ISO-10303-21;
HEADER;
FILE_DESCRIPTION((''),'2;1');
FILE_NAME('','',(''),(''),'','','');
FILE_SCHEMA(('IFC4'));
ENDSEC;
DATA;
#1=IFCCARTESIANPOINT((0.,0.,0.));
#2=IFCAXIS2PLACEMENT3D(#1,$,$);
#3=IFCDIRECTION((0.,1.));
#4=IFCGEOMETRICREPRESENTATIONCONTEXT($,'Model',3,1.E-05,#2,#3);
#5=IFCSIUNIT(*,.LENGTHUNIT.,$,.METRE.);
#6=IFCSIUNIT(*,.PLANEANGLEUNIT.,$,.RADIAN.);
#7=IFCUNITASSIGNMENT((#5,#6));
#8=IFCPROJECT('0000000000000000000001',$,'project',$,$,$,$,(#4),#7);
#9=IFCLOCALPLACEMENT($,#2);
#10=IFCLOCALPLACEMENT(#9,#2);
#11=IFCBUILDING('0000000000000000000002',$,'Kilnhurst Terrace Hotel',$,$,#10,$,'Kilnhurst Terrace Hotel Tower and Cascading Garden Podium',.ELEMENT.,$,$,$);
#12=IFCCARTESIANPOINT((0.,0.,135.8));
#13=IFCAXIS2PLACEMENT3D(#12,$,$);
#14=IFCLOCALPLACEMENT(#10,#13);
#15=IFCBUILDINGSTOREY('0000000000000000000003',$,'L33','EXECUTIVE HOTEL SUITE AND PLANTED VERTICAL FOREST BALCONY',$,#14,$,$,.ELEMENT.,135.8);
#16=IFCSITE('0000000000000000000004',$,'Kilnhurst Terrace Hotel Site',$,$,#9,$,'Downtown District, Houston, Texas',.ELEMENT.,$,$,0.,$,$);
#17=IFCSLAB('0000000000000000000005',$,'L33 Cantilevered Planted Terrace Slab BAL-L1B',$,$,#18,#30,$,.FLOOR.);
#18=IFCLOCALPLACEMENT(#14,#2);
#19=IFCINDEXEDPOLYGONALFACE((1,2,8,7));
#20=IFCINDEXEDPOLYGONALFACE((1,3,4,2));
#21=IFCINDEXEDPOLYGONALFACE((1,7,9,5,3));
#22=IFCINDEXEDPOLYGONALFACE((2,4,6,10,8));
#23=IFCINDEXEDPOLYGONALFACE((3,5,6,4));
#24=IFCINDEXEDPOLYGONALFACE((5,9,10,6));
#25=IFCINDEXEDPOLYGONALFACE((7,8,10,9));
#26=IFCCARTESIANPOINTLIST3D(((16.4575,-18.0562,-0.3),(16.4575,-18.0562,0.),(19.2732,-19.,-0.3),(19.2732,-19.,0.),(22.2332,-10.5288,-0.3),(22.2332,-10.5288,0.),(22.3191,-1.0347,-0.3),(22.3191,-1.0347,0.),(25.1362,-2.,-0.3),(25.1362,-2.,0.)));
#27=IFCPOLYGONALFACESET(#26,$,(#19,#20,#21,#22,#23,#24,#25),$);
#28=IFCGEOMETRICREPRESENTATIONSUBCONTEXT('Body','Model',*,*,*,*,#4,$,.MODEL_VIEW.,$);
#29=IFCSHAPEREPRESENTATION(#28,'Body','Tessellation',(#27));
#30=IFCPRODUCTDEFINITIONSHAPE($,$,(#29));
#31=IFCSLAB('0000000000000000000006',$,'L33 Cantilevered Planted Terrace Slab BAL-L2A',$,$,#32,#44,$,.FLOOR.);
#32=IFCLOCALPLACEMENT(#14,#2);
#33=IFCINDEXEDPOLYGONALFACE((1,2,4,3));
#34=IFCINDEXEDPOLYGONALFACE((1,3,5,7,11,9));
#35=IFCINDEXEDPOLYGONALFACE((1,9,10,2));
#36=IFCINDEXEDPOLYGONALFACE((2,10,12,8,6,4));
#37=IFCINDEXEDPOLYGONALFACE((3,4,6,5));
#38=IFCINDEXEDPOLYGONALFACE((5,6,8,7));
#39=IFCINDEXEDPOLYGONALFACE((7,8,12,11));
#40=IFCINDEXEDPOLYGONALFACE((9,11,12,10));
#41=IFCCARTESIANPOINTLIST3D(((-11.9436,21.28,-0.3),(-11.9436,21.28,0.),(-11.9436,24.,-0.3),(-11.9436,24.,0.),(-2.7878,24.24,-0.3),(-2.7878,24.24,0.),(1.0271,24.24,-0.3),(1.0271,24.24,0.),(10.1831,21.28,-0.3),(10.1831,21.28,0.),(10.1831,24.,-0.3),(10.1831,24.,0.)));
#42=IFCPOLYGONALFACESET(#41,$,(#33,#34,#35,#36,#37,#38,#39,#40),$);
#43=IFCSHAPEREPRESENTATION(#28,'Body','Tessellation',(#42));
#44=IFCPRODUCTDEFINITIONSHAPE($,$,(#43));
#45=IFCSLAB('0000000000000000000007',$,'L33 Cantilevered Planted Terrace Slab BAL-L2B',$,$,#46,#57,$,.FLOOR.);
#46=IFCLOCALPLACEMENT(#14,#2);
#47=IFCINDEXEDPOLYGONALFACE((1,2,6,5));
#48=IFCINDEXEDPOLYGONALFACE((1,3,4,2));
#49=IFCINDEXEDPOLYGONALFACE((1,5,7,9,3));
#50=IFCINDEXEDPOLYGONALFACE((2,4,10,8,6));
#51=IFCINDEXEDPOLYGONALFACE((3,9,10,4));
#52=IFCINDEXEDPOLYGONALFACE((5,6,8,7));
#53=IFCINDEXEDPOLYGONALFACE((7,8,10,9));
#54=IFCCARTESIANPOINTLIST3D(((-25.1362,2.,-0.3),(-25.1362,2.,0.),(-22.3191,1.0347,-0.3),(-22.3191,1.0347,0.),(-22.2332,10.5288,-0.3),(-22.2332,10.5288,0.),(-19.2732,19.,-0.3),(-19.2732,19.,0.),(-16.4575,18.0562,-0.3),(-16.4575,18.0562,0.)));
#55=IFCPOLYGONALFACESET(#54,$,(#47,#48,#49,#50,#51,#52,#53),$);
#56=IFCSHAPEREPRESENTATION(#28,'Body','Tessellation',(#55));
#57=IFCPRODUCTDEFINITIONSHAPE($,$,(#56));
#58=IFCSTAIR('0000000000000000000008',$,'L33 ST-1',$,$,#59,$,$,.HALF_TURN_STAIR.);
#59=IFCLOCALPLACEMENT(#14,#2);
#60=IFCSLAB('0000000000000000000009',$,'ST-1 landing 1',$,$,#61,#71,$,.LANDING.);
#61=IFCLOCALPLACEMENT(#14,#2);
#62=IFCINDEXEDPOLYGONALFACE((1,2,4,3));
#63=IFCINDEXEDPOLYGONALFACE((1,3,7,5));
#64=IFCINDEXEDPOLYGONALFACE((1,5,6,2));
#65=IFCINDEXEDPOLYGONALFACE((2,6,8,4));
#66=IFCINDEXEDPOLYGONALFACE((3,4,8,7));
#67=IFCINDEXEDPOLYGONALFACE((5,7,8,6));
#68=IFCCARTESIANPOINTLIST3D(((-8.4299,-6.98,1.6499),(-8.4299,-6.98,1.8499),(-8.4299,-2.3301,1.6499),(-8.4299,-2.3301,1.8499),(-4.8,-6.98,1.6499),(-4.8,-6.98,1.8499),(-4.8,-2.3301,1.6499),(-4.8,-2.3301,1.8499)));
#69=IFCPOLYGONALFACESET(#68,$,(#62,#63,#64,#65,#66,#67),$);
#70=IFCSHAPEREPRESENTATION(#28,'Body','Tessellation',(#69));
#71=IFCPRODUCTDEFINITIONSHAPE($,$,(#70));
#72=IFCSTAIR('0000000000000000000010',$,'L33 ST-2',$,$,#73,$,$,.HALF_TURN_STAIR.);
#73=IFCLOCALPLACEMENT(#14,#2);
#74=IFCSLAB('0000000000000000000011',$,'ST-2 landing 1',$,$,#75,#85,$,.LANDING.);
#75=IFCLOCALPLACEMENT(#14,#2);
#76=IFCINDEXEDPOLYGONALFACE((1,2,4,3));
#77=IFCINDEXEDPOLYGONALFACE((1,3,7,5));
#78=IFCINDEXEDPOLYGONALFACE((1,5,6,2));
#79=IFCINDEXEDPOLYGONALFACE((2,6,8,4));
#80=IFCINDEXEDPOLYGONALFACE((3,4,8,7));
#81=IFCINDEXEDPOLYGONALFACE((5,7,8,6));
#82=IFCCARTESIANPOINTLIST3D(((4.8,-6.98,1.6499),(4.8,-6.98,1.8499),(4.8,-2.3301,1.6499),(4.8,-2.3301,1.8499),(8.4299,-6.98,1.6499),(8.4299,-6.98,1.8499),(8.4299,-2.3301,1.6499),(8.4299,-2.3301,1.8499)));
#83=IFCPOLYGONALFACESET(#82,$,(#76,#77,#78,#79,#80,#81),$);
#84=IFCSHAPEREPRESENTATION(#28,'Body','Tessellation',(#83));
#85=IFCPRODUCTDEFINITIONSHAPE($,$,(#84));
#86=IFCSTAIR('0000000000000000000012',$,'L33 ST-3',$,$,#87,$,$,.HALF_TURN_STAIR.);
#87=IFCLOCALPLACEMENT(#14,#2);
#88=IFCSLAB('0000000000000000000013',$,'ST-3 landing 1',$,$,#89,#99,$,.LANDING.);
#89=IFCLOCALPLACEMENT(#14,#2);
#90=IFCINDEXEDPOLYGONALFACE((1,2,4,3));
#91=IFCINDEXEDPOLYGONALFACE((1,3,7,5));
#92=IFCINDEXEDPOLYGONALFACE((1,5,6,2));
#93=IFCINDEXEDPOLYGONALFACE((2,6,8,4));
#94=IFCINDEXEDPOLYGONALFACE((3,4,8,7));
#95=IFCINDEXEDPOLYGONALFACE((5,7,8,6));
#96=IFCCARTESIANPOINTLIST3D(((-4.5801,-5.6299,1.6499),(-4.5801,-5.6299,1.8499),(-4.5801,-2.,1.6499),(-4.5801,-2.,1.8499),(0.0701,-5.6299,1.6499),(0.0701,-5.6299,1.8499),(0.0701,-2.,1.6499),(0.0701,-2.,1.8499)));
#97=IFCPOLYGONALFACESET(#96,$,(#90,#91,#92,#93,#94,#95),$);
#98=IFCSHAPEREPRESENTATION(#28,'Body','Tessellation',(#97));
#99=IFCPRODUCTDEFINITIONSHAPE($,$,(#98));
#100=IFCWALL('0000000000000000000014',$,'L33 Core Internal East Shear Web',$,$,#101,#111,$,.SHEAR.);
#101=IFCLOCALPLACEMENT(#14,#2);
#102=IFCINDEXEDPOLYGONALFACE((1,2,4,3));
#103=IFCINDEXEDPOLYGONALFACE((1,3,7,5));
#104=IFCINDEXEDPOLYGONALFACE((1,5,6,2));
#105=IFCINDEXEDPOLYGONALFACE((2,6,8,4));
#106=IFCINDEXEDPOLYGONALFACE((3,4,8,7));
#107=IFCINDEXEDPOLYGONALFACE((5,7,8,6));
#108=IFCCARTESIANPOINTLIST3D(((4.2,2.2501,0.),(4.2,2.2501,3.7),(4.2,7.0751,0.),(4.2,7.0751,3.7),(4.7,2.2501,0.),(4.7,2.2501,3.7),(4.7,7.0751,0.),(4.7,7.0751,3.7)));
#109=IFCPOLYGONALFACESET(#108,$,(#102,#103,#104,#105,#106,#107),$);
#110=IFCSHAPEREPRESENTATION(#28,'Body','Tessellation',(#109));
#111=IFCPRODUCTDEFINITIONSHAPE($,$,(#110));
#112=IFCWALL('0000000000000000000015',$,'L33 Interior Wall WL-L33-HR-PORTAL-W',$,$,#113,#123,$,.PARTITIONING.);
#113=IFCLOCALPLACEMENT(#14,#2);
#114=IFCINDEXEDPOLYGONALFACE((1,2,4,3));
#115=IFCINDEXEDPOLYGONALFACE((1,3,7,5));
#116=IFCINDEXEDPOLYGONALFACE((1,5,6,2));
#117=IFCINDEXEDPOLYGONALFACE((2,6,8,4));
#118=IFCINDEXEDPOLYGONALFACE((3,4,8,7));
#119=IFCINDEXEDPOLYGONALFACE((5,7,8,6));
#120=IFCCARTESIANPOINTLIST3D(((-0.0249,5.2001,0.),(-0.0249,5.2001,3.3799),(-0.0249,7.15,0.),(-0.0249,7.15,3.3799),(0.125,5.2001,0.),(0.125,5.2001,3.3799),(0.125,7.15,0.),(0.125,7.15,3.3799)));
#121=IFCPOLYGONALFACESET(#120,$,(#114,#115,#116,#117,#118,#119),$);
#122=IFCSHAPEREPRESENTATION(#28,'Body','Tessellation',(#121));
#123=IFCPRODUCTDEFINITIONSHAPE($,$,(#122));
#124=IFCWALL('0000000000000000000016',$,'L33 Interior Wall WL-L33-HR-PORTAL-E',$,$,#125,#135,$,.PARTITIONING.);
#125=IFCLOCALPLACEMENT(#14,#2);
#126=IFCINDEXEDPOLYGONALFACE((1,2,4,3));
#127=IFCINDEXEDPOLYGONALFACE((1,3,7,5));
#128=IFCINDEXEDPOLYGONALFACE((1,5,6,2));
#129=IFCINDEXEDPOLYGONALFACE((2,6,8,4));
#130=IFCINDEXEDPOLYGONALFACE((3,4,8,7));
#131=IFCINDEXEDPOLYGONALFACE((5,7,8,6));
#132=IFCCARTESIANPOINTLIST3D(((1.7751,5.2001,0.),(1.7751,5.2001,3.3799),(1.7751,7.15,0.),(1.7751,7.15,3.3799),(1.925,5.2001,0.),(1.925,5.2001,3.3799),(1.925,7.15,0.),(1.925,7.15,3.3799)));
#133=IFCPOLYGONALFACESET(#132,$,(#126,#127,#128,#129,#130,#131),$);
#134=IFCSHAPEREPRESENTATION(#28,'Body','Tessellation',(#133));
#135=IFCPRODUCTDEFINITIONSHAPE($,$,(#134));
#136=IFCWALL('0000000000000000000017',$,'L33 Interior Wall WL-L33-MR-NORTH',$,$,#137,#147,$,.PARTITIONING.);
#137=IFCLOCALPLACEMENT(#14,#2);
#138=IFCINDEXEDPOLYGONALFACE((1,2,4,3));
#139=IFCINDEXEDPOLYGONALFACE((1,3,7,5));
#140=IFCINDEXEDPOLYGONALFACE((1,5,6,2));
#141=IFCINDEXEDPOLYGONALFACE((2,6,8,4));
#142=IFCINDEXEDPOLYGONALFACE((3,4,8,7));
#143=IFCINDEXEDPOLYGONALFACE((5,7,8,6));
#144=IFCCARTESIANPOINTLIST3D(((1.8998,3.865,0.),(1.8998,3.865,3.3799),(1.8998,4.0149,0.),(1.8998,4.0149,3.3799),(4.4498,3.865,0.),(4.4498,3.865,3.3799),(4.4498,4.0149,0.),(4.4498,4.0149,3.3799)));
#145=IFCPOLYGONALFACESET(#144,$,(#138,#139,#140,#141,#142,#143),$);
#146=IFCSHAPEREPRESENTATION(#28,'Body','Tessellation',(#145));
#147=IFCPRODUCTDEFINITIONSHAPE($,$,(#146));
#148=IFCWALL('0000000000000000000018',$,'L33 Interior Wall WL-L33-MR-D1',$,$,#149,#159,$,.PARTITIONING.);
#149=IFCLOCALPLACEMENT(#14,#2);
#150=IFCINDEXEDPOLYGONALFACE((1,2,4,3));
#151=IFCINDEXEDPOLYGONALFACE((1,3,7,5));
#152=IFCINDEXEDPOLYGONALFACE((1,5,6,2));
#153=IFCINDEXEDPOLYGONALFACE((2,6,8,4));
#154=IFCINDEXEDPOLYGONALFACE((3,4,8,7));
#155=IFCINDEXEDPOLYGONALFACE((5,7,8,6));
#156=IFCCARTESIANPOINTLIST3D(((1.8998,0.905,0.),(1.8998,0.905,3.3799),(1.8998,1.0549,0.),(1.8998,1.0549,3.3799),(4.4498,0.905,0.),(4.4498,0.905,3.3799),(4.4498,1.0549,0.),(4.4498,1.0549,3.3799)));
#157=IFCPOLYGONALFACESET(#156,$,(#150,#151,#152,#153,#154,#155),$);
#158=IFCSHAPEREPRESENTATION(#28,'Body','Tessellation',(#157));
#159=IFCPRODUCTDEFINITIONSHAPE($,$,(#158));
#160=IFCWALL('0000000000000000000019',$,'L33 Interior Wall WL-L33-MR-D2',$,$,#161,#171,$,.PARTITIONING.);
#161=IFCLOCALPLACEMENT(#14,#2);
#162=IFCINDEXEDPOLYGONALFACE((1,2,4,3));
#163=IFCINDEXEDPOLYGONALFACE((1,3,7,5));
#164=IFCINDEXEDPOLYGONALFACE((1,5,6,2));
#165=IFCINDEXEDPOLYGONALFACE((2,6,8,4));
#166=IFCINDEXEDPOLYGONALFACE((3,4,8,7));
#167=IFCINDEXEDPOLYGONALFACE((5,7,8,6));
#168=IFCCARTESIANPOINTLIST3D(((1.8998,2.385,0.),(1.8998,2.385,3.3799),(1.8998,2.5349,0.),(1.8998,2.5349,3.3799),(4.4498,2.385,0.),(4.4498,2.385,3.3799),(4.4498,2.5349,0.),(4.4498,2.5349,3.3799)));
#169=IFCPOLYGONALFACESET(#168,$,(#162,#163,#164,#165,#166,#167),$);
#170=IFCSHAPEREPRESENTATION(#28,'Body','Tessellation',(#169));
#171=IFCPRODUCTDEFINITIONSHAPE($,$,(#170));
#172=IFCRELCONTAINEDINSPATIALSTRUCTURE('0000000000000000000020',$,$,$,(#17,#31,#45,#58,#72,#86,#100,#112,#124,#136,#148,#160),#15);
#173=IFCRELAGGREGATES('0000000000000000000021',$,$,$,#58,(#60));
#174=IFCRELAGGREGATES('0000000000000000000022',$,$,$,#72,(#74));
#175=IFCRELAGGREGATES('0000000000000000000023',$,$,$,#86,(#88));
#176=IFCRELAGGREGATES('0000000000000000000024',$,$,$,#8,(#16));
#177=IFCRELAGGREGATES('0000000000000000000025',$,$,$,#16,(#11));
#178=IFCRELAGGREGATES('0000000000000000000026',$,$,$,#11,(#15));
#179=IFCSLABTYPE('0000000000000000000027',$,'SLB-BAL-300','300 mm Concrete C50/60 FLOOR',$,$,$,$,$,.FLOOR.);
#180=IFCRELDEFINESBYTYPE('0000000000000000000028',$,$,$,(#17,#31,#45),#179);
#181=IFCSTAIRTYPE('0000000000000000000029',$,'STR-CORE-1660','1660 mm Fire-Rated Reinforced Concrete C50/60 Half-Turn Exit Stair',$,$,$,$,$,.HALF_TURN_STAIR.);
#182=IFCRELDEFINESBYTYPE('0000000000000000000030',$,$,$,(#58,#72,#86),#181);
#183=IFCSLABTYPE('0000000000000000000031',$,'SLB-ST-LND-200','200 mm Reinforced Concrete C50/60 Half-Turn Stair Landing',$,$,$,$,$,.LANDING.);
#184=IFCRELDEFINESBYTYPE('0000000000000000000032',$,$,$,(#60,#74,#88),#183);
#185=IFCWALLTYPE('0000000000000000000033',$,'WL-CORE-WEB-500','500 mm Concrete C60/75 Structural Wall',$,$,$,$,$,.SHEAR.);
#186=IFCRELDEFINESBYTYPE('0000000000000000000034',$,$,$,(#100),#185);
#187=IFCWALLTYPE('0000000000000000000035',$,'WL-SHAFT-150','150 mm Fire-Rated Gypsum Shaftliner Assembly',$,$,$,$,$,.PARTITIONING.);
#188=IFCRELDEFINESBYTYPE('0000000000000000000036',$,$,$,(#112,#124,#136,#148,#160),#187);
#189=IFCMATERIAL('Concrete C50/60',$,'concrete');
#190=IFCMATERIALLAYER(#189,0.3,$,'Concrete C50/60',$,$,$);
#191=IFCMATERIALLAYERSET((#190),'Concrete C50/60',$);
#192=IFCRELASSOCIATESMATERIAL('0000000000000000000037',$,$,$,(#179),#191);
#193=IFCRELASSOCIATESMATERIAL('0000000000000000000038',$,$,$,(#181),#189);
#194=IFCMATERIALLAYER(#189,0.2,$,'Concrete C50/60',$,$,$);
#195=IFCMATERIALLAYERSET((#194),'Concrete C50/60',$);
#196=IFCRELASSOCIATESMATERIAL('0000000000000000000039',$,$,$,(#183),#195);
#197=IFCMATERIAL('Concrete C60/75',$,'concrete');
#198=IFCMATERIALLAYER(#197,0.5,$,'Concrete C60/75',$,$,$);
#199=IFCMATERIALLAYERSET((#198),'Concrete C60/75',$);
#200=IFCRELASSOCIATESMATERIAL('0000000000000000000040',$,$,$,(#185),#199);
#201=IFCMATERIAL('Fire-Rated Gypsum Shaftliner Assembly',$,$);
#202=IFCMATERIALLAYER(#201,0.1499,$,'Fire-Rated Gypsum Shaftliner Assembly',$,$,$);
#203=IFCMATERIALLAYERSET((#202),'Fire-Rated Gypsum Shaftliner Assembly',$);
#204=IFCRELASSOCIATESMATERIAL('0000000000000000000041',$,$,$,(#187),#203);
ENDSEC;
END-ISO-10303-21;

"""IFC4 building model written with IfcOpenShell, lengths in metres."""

from ifc_helpers import new_model, si_unit, direction, frame, frame_2d, origin, place, context, subcontext, project, spatial, polyline, rectangle, outline, extrude, material, layer, layer_set, type_object, element, aggregate, save


model = new_model("IFC4")

# Units and contexts
model_context = context("Model", 3, precision=1e-05, world=origin(), true_north=direction((0.0, 1.0)))
body_context = subcontext(model_context, "Body", "Model", "MODEL_VIEW")
ifc_project = project(units=[si_unit("LENGTHUNIT", "METRE"), si_unit("PLANEANGLEUNIT", "RADIAN")], contexts=[model_context])

# Site, building, storey
site_placement = place(None, origin())
site = spatial("IfcSite", under=ifc_project, at=site_placement, Name="Kilnhurst Terrace Hotel Site", LongName="Downtown District, Houston, Texas", CompositionType="ELEMENT", RefElevation=0.0)
building_placement = place(site_placement, origin())
building = spatial("IfcBuilding", under=site, at=building_placement, Name="Kilnhurst Terrace Hotel", LongName="Kilnhurst Terrace Hotel Tower and Cascading Garden Podium", CompositionType="ELEMENT")
storey_placement = place(building_placement, frame((0.0, 0.0, 135.8)))
storey = spatial("IfcBuildingStorey", under=building, at=storey_placement, Name="L33", Description="EXECUTIVE HOTEL SUITE AND PLANTED VERTICAL FOREST BALCONY", CompositionType="ELEMENT", Elevation=135.8)

# Slabs
ifc_material_1 = material(Name="Concrete C50/60", Category="concrete")
ifc_layer_1 = layer(ifc_material_1, 0.3, Name="Concrete C50/60")
ifc_layer_set_1 = layer_set([ifc_layer_1], Name="Concrete C50/60")
slab_type_1 = type_object("IfcSlabType", Name="SLB-BAL-300", Description="300 mm Concrete C50/60 FLOOR", PredefinedType="FLOOR", material=ifc_layer_set_1)
slab_1_placement = place(storey_placement, frame((0.0, 0.0, -0.3)))
element("IfcSlab", 1, at=slab_1_placement, inside=storey, type_object=slab_type_1, Name="L33 Cantilevered Planted Terrace Slab BAL-L1B", PredefinedType="FLOOR", context=body_context, shape_type="SweptSolid", body=[
    extrude(outline(polyline([(19.2732, -19.0), (16.4575, -18.0562), (22.3191, -1.0347), (25.1362, -2.0), (22.2332, -10.5288), (19.2732, -19.0)])), origin(), (0.0, 0.0, 1.0), 0.3),
])
slab_2_placement = place(storey_placement, frame((0.0, 0.0, -0.3)))
element("IfcSlab", 2, at=slab_2_placement, inside=storey, type_object=slab_type_1, Name="L33 Cantilevered Planted Terrace Slab BAL-L2A", PredefinedType="FLOOR", context=body_context, shape_type="SweptSolid", body=[
    extrude(outline(polyline([(1.0271, 24.24), (10.1831, 24.0), (10.1831, 21.28), (-11.9436, 21.28), (-11.9436, 24.0), (-2.7878, 24.24), (1.0271, 24.24)])), origin(), (0.0, 0.0, 1.0), 0.3),
])
slab_3_placement = place(storey_placement, frame((0.0, 0.0, -0.3)))
element("IfcSlab", 3, at=slab_3_placement, inside=storey, type_object=slab_type_1, Name="L33 Cantilevered Planted Terrace Slab BAL-L2B", PredefinedType="FLOOR", context=body_context, shape_type="SweptSolid", body=[
    extrude(outline(polyline([(-19.2732, 19.0), (-16.4575, 18.0562), (-22.3191, 1.0347), (-25.1362, 2.0), (-22.2332, 10.5288), (-19.2732, 19.0)])), origin(), (0.0, 0.0, 1.0), 0.3),
])

# Stairs, slabs
stair_type = type_object("IfcStairType", Name="STR-CORE-1660", Description="1660 mm Fire-Rated Reinforced Concrete C50/60 Half-Turn Exit Stair", PredefinedType="HALF_TURN_STAIR", material=ifc_material_1)
stair_1_placement = place(storey_placement, origin())
stair_1 = element("IfcStair", 4, at=stair_1_placement, inside=storey, type_object=stair_type, Name="L33 ST-1", PredefinedType="HALF_TURN_STAIR")
ifc_layer_2 = layer(ifc_material_1, 0.2, Name="Concrete C50/60")
ifc_layer_set_2 = layer_set([ifc_layer_2], Name="Concrete C50/60")
slab_type_2 = type_object("IfcSlabType", Name="SLB-ST-LND-200", Description="200 mm Reinforced Concrete C50/60 Half-Turn Stair Landing", PredefinedType="LANDING", material=ifc_layer_set_2)
slab_4_placement = place(storey_placement, frame((0.0, 0.0, 1.6499)))
slab_4 = element("IfcSlab", 5, at=slab_4_placement, type_object=slab_type_2, Name="ST-1 landing 1", PredefinedType="LANDING", context=body_context, shape_type="SweptSolid", body=[
    extrude(outline(polyline([(-8.4299, -2.3301), (-4.8, -2.3301), (-4.8, -6.98), (-8.4299, -6.98), (-8.4299, -2.3301)])), origin(), (0.0, 0.0, 1.0), 0.2),
])
aggregate(stair_1, [slab_4])
stair_2_placement = place(storey_placement, origin())
stair_2 = element("IfcStair", 6, at=stair_2_placement, inside=storey, type_object=stair_type, Name="L33 ST-2", PredefinedType="HALF_TURN_STAIR")
slab_5_placement = place(storey_placement, frame((0.0, 0.0, 1.6499)))
slab_5 = element("IfcSlab", 7, at=slab_5_placement, type_object=slab_type_2, Name="ST-2 landing 1", PredefinedType="LANDING", context=body_context, shape_type="SweptSolid", body=[
    extrude(outline(polyline([(4.8, -2.3301), (8.4299, -2.3301), (8.4299, -6.98), (4.8, -6.98), (4.8, -2.3301)])), origin(), (0.0, 0.0, 1.0), 0.2),
])
aggregate(stair_2, [slab_5])
stair_3_placement = place(storey_placement, origin())
stair_3 = element("IfcStair", 8, at=stair_3_placement, inside=storey, type_object=stair_type, Name="L33 ST-3", PredefinedType="HALF_TURN_STAIR")
slab_6_placement = place(storey_placement, frame((0.0, 0.0, 1.6499)))
slab_6 = element("IfcSlab", 9, at=slab_6_placement, type_object=slab_type_2, Name="ST-3 landing 1", PredefinedType="LANDING", context=body_context, shape_type="SweptSolid", body=[
    extrude(outline(polyline([(0.0701, -2.0), (0.0701, -5.6299), (-4.5801, -5.6299), (-4.5801, -2.0), (0.0701, -2.0)])), origin(), (0.0, 0.0, 1.0), 0.2),
])
aggregate(stair_3, [slab_6])

# Walls
ifc_material_2 = material(Name="Concrete C60/75", Category="concrete")
ifc_layer_3 = layer(ifc_material_2, 0.5, Name="Concrete C60/75")
ifc_layer_set_3 = layer_set([ifc_layer_3], Name="Concrete C60/75")
wall_type_1 = type_object("IfcWallType", Name="WL-CORE-WEB-500", Description="500 mm Concrete C60/75 Structural Wall", PredefinedType="SHEAR", material=ifc_layer_set_3)
wall_1_placement = place(storey_placement, frame((4.45, 2.25, 0.0), z_axis=(0.0, 0.0, 1.0), x_axis=(0.0, 1.0, 0.0)))
element("IfcWall", 10, at=wall_1_placement, inside=storey, type_object=wall_type_1, Name="L33 Core Internal East Shear Web", PredefinedType="SHEAR", context=body_context, shape_type="SweptSolid", body=[
    extrude(rectangle(XDim=4.825, YDim=0.5, at=frame_2d((2.4126, 0.0))), origin(), (0.0, 0.0, 1.0), 3.7),
])
ifc_material_3 = material(Name="Fire-Rated Gypsum Shaftliner Assembly")
ifc_layer_4 = layer(ifc_material_3, 0.1499, Name="Fire-Rated Gypsum Shaftliner Assembly")
ifc_layer_set_4 = layer_set([ifc_layer_4], Name="Fire-Rated Gypsum Shaftliner Assembly")
wall_type_2 = type_object("IfcWallType", Name="WL-SHAFT-150", Description="150 mm Fire-Rated Gypsum Shaftliner Assembly", PredefinedType="PARTITIONING", material=ifc_layer_set_4)
for number, where, z_axis, x_axis, name in (
    (11, (0.05, 5.2, 0.0), (0.0, 0.0, 1.0), (0.0, 1.0, 0.0), "L33 Interior Wall WL-L33-HR-PORTAL-W"),
    (12, (1.8501, 5.2, 0.0), (0.0, 0.0, 1.0), (0.0, 1.0, 0.0), "L33 Interior Wall WL-L33-HR-PORTAL-E"),
):
    element("IfcWall", number, at=place(storey_placement, frame(where, z_axis=z_axis, x_axis=x_axis)), inside=storey, type_object=wall_type_2, Name=name, PredefinedType="PARTITIONING", context=body_context, shape_type="SweptSolid", body=[
        extrude(rectangle(XDim=1.95, YDim=0.1499, at=frame_2d((0.9751, 0.0))), origin(), (0.0, 0.0, 1.0), 3.3799),
    ])
for number, where, z_axis, x_axis, name in (
    (13, (1.8999, 3.9399, 0.0), (0.0, 0.0, 1.0), (1.0, 0.0, 0.0), "L33 Interior Wall WL-L33-MR-NORTH"),
    (14, (1.8999, 0.98, 0.0), (0.0, 0.0, 1.0), (1.0, 0.0, 0.0), "L33 Interior Wall WL-L33-MR-D1"),
    (15, (1.8999, 2.46, 0.0), (0.0, 0.0, 1.0), (1.0, 0.0, 0.0), "L33 Interior Wall WL-L33-MR-D2"),
):
    element("IfcWall", number, at=place(storey_placement, frame(where, z_axis=z_axis, x_axis=x_axis)), inside=storey, type_object=wall_type_2, Name=name, PredefinedType="PARTITIONING", context=body_context, shape_type="SweptSolid", body=[
        extrude(rectangle(XDim=2.55, YDim=0.1499, at=frame_2d((1.2749, 0.0))), origin(), (0.0, 0.0, 1.0), 3.3799),
    ])

save(model, "model.ifc")
